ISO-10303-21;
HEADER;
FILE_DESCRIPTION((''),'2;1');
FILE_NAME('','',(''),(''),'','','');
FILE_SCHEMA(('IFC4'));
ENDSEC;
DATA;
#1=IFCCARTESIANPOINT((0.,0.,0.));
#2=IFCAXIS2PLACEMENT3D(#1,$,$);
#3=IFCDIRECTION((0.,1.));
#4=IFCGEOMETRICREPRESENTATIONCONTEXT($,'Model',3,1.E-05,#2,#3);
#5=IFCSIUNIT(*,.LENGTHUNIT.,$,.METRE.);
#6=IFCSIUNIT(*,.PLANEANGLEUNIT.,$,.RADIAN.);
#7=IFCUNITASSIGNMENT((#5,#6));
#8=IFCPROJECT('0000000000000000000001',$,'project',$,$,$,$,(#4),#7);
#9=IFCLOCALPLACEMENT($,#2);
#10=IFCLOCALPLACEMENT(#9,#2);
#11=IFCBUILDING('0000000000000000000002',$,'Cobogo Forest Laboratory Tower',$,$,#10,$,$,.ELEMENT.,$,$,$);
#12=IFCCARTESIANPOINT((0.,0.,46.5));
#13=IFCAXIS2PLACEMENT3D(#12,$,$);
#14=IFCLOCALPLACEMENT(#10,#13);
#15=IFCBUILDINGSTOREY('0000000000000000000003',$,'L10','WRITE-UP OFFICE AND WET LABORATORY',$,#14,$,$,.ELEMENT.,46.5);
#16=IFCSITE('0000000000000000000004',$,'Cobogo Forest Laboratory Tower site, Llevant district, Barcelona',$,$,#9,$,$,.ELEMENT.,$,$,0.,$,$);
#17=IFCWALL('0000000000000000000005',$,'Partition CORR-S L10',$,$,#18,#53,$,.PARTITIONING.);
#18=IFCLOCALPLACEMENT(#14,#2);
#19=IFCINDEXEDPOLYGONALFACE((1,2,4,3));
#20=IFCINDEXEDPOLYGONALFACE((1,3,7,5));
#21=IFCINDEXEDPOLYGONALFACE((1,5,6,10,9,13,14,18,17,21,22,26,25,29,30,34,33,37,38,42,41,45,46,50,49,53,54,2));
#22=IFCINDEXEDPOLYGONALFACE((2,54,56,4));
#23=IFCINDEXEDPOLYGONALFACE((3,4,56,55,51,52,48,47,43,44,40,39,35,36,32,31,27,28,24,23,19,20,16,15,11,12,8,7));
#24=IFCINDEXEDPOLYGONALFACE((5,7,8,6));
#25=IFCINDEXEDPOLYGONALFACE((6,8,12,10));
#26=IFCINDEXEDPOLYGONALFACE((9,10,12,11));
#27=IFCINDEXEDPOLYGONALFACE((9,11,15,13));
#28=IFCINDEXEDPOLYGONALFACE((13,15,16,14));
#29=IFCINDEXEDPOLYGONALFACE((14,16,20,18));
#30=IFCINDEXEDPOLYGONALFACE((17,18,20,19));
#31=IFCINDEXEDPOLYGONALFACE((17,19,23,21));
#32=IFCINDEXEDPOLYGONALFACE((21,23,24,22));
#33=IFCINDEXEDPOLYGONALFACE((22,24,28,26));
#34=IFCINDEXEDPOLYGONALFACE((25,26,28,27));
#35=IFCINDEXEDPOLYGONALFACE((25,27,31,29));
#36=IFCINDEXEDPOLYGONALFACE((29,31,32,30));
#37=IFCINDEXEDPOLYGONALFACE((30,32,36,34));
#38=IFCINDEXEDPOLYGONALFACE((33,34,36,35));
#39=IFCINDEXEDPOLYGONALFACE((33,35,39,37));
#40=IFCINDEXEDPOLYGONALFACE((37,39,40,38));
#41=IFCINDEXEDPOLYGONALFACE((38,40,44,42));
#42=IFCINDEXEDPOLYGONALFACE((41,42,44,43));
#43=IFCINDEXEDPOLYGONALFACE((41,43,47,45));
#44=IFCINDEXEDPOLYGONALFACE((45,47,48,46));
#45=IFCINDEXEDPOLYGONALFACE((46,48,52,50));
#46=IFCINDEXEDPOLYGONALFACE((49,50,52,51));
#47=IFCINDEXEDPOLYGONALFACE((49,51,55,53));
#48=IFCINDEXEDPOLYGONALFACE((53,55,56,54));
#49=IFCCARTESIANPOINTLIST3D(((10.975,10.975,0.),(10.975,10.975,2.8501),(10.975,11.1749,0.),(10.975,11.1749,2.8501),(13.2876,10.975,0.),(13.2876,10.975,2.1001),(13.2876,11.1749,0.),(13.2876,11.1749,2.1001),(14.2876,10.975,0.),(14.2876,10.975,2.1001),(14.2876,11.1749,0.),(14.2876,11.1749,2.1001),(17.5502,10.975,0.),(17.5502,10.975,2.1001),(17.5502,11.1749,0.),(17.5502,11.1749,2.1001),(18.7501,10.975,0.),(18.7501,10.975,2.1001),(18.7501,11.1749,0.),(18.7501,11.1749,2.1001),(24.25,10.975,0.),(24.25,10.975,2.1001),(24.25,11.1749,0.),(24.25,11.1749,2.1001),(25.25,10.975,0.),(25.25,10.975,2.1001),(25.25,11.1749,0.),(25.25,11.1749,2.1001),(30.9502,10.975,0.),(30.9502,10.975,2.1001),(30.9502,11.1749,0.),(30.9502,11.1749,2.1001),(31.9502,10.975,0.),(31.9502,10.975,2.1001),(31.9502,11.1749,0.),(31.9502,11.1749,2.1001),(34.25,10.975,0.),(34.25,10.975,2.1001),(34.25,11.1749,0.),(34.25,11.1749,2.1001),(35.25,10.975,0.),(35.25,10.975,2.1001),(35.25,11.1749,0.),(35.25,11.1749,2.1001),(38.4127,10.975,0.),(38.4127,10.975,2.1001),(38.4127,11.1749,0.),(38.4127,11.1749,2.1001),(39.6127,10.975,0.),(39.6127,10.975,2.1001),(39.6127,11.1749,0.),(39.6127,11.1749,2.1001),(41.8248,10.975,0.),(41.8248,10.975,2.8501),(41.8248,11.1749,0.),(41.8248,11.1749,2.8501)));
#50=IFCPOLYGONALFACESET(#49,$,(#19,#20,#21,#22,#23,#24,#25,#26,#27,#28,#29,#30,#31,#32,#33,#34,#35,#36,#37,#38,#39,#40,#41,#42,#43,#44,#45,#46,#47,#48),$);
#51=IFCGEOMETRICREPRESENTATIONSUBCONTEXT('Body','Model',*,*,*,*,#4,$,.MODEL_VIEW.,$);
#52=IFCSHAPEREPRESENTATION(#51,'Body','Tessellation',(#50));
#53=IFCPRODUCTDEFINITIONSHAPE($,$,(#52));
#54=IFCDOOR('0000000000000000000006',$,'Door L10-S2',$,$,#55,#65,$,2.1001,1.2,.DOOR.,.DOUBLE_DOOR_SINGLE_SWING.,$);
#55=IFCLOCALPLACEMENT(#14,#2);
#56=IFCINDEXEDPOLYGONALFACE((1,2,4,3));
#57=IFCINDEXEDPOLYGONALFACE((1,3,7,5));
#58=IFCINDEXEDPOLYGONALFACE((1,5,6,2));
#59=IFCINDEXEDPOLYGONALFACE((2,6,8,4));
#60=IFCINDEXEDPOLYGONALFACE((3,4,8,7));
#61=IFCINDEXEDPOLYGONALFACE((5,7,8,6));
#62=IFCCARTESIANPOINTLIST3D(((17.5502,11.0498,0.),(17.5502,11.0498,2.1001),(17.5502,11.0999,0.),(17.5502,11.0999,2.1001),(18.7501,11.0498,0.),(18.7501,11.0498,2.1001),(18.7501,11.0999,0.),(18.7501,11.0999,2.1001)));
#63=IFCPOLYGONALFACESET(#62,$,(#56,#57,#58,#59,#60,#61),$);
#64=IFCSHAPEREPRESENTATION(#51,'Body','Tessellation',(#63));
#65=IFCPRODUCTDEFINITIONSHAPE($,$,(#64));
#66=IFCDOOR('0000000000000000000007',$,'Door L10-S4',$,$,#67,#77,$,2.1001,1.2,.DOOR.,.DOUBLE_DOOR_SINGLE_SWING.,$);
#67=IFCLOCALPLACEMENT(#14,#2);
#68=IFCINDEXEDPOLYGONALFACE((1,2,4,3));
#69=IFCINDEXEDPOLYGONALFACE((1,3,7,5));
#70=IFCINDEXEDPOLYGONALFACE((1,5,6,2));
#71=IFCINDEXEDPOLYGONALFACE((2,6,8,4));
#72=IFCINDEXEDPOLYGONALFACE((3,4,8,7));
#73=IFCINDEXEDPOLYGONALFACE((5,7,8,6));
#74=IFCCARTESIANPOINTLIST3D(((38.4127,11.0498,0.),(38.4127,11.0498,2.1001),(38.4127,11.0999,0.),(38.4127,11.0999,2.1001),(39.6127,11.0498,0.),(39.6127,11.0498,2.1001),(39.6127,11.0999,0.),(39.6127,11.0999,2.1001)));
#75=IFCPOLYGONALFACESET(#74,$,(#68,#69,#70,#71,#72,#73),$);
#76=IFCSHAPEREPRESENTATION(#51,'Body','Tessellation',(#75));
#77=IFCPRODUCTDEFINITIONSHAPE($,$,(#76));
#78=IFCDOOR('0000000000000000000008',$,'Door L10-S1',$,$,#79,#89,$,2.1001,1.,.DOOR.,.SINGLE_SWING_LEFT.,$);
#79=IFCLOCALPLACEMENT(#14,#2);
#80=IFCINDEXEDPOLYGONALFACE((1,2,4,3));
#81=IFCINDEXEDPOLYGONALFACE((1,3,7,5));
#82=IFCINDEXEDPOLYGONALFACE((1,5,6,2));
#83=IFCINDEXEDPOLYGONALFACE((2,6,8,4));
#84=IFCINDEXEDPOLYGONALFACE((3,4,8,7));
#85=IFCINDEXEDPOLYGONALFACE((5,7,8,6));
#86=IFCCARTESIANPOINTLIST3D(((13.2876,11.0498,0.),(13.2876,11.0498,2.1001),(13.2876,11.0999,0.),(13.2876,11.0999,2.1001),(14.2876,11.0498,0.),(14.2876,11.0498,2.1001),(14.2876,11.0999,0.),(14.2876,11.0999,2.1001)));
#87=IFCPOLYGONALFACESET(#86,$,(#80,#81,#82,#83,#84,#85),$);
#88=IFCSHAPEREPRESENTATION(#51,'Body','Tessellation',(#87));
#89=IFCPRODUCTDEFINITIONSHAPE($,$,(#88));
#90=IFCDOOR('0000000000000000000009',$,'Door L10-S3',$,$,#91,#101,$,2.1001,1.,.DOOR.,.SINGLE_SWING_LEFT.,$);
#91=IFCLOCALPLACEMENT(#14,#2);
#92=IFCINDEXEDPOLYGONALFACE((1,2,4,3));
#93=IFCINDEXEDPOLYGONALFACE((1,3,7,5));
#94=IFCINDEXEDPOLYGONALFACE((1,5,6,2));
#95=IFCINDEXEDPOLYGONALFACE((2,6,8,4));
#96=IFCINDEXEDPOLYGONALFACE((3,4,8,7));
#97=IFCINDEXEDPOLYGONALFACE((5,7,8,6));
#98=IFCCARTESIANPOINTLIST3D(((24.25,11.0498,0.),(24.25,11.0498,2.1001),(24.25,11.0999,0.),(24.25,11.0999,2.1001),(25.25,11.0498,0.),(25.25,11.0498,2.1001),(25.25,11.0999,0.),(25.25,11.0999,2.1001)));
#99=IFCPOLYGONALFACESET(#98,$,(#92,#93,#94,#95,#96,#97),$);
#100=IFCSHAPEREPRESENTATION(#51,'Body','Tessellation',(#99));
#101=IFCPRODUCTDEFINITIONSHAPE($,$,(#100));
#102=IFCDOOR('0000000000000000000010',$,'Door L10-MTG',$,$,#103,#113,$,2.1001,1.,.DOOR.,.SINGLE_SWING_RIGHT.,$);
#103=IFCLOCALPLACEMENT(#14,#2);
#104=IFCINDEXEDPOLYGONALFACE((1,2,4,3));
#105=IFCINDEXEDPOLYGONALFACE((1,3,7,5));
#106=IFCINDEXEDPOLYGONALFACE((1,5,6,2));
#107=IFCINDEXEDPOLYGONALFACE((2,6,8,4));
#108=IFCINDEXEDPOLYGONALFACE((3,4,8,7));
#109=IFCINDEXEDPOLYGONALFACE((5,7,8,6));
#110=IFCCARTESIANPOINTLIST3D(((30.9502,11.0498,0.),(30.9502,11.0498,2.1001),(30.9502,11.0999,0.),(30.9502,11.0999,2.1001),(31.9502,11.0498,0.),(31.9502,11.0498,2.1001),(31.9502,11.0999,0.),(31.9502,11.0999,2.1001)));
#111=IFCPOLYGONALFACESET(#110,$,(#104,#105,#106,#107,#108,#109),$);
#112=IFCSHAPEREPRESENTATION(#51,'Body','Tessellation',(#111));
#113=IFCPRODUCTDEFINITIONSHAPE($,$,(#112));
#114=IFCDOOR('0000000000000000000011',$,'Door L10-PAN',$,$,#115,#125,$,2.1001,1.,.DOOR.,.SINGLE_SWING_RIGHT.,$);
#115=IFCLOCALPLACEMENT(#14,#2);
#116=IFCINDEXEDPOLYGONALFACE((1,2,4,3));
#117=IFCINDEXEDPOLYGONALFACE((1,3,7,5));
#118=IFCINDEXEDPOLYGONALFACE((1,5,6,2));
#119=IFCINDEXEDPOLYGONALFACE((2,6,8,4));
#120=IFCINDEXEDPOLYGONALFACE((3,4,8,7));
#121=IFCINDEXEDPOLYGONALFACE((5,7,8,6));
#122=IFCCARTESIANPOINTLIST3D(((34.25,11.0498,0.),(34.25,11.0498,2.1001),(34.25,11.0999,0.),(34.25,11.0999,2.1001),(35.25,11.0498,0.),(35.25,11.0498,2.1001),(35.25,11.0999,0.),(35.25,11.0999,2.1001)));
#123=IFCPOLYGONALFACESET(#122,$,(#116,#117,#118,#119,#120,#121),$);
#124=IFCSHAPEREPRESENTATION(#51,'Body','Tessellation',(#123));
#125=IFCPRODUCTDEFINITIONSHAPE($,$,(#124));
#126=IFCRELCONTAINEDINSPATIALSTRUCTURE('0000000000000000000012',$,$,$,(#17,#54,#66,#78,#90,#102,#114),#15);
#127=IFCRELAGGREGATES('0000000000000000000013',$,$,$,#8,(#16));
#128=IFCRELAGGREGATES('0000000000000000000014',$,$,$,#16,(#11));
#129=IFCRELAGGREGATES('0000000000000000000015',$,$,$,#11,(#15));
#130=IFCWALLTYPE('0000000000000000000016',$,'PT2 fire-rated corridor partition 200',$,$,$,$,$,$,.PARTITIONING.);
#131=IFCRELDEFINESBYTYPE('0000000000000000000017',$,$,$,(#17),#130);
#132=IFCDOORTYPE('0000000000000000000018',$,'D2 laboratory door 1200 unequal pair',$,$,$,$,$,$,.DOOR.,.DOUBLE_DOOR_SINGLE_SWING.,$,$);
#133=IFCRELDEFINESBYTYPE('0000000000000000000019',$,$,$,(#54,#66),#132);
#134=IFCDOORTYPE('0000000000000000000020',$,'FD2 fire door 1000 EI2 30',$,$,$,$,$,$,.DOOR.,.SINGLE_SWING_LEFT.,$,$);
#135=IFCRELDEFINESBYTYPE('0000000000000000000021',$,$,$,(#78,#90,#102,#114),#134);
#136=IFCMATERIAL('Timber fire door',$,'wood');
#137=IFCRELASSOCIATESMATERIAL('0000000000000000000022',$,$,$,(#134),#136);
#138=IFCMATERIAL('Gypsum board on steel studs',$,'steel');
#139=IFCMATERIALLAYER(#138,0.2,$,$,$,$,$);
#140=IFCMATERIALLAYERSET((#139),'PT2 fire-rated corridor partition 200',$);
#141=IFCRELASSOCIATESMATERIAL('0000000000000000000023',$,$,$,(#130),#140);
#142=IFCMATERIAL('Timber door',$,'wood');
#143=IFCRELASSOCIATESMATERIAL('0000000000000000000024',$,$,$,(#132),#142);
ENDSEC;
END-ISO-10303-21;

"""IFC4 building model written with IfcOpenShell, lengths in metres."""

from ifc_helpers import new_model, si_unit, direction, frame, frame_2d, origin, place, context, subcontext, project, spatial, rectangle, extrude, material, layer, layer_set, type_object, element, fill, save


model = new_model("IFC4")

# Units and contexts
model_context = context("Model", 3, precision=1e-05, world=origin(), true_north=direction((0.0, 1.0)))
body_context = subcontext(model_context, "Body", "Model", "MODEL_VIEW")
ifc_project = project(units=[si_unit("LENGTHUNIT", "METRE"), si_unit("PLANEANGLEUNIT", "RADIAN")], contexts=[model_context])

# Site, building, storey
site_placement = place(None, origin())
site = spatial("IfcSite", under=ifc_project, at=site_placement, Name="Cobogo Forest Laboratory Tower site, Llevant district, Barcelona", CompositionType="ELEMENT", RefElevation=0.0)
building_placement = place(site_placement, origin())
building = spatial("IfcBuilding", under=site, at=building_placement, Name="Cobogo Forest Laboratory Tower", CompositionType="ELEMENT")
storey_placement = place(building_placement, frame((0.0, 0.0, 46.5)))
storey = spatial("IfcBuildingStorey", under=building, at=storey_placement, Name="L10", Description="WRITE-UP OFFICE AND WET LABORATORY", CompositionType="ELEMENT", Elevation=46.5)

# Shared definitions
ifc_material_1 = material(Name="Gypsum board on steel studs", Category="steel")
ifc_material_2 = material(Name="Timber fire door", Category="wood")
door_type_1 = type_object("IfcDoorType", Name="FD2 fire door 1000 EI2 30", OperationType="SINGLE_SWING_LEFT", PredefinedType="DOOR", material=ifc_material_2)

# Wall, openings, doors
ifc_layer_1 = layer(ifc_material_1, 0.2)
ifc_layer_set_1 = layer_set([ifc_layer_1], Name="PT2 fire-rated corridor partition 200")
wall_type_1 = type_object("IfcWallType", Name="PT2 fire-rated corridor partition 200", PredefinedType="PARTITIONING", material=ifc_layer_set_1)
wall_1_placement = place(storey_placement, frame((10.9751, 11.075, 0.0), z_axis=(0.0, 0.0, 1.0), x_axis=(1.0, 0.0, 0.0)))
wall_1 = element("IfcWall", 1, at=wall_1_placement, inside=storey, type_object=wall_type_1, Name="Partition CORR-S L10", PredefinedType="PARTITIONING", context=body_context, shape_type="SweptSolid", body=[
    extrude(rectangle(XDim=30.8499, YDim=0.2, at=frame_2d((15.4248, 0.0))), origin(), (0.0, 0.0, 1.0), 2.8501),
])
opening_1_placement = place(wall_1_placement, frame((2.3125, 0.0, 0.0)))
opening_1 = element("IfcOpeningElement", 2, at=opening_1_placement, cuts=wall_1, PredefinedType="OPENING", context=body_context, shape_type="SweptSolid", body=[
    extrude(rectangle(XDim=1.0, YDim=2.1001, at=frame_2d((0.5, 1.05))), frame((0.0, 0.1099, 0.0), z_axis=(0.0, -1.0, 0.0), x_axis=(1.0, 0.0, 0.0)), (0.0, 0.0, 1.0), 0.22),
])
opening_2_placement = place(wall_1_placement, frame((6.575, 0.0, 0.0)))
opening_2 = element("IfcOpeningElement", 3, at=opening_2_placement, cuts=wall_1, PredefinedType="OPENING", context=body_context, shape_type="SweptSolid", body=[
    extrude(rectangle(XDim=1.2, YDim=2.1001, at=frame_2d((0.6001, 1.05))), frame((0.0, 0.1099, 0.0), z_axis=(0.0, -1.0, 0.0), x_axis=(1.0, 0.0, 0.0)), (0.0, 0.0, 1.0), 0.22),
])
opening_3_placement = place(wall_1_placement, frame((13.2749, 0.0, 0.0)))
opening_3 = element("IfcOpeningElement", 4, at=opening_3_placement, cuts=wall_1, PredefinedType="OPENING", context=body_context, shape_type="SweptSolid", body=[
    extrude(rectangle(XDim=1.0, YDim=2.1001, at=frame_2d((0.5, 1.05))), frame((0.0, 0.1099, 0.0), z_axis=(0.0, -1.0, 0.0), x_axis=(1.0, 0.0, 0.0)), (0.0, 0.0, 1.0), 0.22),
])
opening_4_placement = place(wall_1_placement, frame((19.9751, 0.0, 0.0)))
opening_4 = element("IfcOpeningElement", 5, at=opening_4_placement, cuts=wall_1, PredefinedType="OPENING", context=body_context, shape_type="SweptSolid", body=[
    extrude(rectangle(XDim=1.0, YDim=2.1001, at=frame_2d((0.5, 1.05))), frame((0.0, 0.1099, 0.0), z_axis=(0.0, -1.0, 0.0), x_axis=(1.0, 0.0, 0.0)), (0.0, 0.0, 1.0), 0.22),
])
opening_5_placement = place(wall_1_placement, frame((23.2749, 0.0, 0.0)))
opening_5 = element("IfcOpeningElement", 6, at=opening_5_placement, cuts=wall_1, PredefinedType="OPENING", context=body_context, shape_type="SweptSolid", body=[
    extrude(rectangle(XDim=1.0, YDim=2.1001, at=frame_2d((0.5, 1.05))), frame((0.0, 0.1099, 0.0), z_axis=(0.0, -1.0, 0.0), x_axis=(1.0, 0.0, 0.0)), (0.0, 0.0, 1.0), 0.22),
])
opening_6_placement = place(wall_1_placement, frame((27.4375, 0.0, 0.0)))
opening_6 = element("IfcOpeningElement", 7, at=opening_6_placement, cuts=wall_1, PredefinedType="OPENING", context=body_context, shape_type="SweptSolid", body=[
    extrude(rectangle(XDim=1.2, YDim=2.1001, at=frame_2d((0.6001, 1.05))), frame((0.0, 0.1099, 0.0), z_axis=(0.0, -1.0, 0.0), x_axis=(1.0, 0.0, 0.0)), (0.0, 0.0, 1.0), 0.22),
])
ifc_material_3 = material(Name="Timber door", Category="wood")
door_type_2 = type_object("IfcDoorType", Name="D2 laboratory door 1200 unequal pair", OperationType="DOUBLE_DOOR_SINGLE_SWING", PredefinedType="DOOR", material=ifc_material_3)
door_1_placement = place(opening_2_placement, origin())
door_1 = element("IfcDoor", 8, at=door_1_placement, inside=storey, type_object=door_type_2, Name="Door L10-S2", OperationType="DOUBLE_DOOR_SINGLE_SWING", OverallHeight=2.1001, OverallWidth=1.2, PredefinedType="DOOR", context=body_context, shape_type="SweptSolid", body=[
    extrude(rectangle(XDim=1.2, YDim=2.1001, at=frame_2d((0.6001, 1.05))), frame((0.0, 0.0249, 0.0), z_axis=(0.0, -1.0, 0.0), x_axis=(1.0, 0.0, 0.0)), (0.0, 0.0, 1.0), 0.05),
])
fill(opening_2, door_1)
door_2_placement = place(opening_6_placement, origin())
door_2 = element("IfcDoor", 9, at=door_2_placement, inside=storey, type_object=door_type_2, Name="Door L10-S4", OperationType="DOUBLE_DOOR_SINGLE_SWING", OverallHeight=2.1001, OverallWidth=1.2, PredefinedType="DOOR", context=body_context, shape_type="SweptSolid", body=[
    extrude(rectangle(XDim=1.2, YDim=2.1001, at=frame_2d((0.6001, 1.05))), frame((0.0, 0.0249, 0.0), z_axis=(0.0, -1.0, 0.0), x_axis=(1.0, 0.0, 0.0)), (0.0, 0.0, 1.0), 0.05),
])
fill(opening_6, door_2)
door_3_placement = place(opening_1_placement, origin())
door_3 = element("IfcDoor", 10, at=door_3_placement, inside=storey, type_object=door_type_1, Name="Door L10-S1", OperationType="SINGLE_SWING_LEFT", OverallHeight=2.1001, OverallWidth=1.0, PredefinedType="DOOR", context=body_context, shape_type="SweptSolid", body=[
    extrude(rectangle(XDim=1.0, YDim=2.1001, at=frame_2d((0.5, 1.05))), frame((0.0, 0.0249, 0.0), z_axis=(0.0, -1.0, 0.0), x_axis=(1.0, 0.0, 0.0)), (0.0, 0.0, 1.0), 0.05),
])
fill(opening_1, door_3)
door_4_placement = place(opening_3_placement, origin())
door_4 = element("IfcDoor", 11, at=door_4_placement, inside=storey, type_object=door_type_1, Name="Door L10-S3", OperationType="SINGLE_SWING_LEFT", OverallHeight=2.1001, OverallWidth=1.0, PredefinedType="DOOR", context=body_context, shape_type="SweptSolid", body=[
    extrude(rectangle(XDim=1.0, YDim=2.1001, at=frame_2d((0.5, 1.05))), frame((0.0, 0.0249, 0.0), z_axis=(0.0, -1.0, 0.0), x_axis=(1.0, 0.0, 0.0)), (0.0, 0.0, 1.0), 0.05),
])
fill(opening_3, door_4)
door_5_placement = place(opening_4_placement, origin())
door_5 = element("IfcDoor", 12, at=door_5_placement, inside=storey, type_object=door_type_1, Name="Door L10-MTG", OperationType="SINGLE_SWING_RIGHT", OverallHeight=2.1001, OverallWidth=1.0, PredefinedType="DOOR", context=body_context, shape_type="SweptSolid", body=[
    extrude(rectangle(XDim=1.0, YDim=2.1001, at=frame_2d((0.5, 1.05))), frame((0.0, 0.0249, 0.0), z_axis=(0.0, -1.0, 0.0), x_axis=(1.0, 0.0, 0.0)), (0.0, 0.0, 1.0), 0.05),
])
fill(opening_4, door_5)
door_6_placement = place(opening_5_placement, origin())
door_6 = element("IfcDoor", 13, at=door_6_placement, inside=storey, type_object=door_type_1, Name="Door L10-PAN", OperationType="SINGLE_SWING_RIGHT", OverallHeight=2.1001, OverallWidth=1.0, PredefinedType="DOOR", context=body_context, shape_type="SweptSolid", body=[
    extrude(rectangle(XDim=1.0, YDim=2.1001, at=frame_2d((0.5, 1.05))), frame((0.0, 0.0249, 0.0), z_axis=(0.0, -1.0, 0.0), x_axis=(1.0, 0.0, 0.0)), (0.0, 0.0, 1.0), 0.05),
])
fill(opening_5, door_6)

save(model, "model.ifc")
